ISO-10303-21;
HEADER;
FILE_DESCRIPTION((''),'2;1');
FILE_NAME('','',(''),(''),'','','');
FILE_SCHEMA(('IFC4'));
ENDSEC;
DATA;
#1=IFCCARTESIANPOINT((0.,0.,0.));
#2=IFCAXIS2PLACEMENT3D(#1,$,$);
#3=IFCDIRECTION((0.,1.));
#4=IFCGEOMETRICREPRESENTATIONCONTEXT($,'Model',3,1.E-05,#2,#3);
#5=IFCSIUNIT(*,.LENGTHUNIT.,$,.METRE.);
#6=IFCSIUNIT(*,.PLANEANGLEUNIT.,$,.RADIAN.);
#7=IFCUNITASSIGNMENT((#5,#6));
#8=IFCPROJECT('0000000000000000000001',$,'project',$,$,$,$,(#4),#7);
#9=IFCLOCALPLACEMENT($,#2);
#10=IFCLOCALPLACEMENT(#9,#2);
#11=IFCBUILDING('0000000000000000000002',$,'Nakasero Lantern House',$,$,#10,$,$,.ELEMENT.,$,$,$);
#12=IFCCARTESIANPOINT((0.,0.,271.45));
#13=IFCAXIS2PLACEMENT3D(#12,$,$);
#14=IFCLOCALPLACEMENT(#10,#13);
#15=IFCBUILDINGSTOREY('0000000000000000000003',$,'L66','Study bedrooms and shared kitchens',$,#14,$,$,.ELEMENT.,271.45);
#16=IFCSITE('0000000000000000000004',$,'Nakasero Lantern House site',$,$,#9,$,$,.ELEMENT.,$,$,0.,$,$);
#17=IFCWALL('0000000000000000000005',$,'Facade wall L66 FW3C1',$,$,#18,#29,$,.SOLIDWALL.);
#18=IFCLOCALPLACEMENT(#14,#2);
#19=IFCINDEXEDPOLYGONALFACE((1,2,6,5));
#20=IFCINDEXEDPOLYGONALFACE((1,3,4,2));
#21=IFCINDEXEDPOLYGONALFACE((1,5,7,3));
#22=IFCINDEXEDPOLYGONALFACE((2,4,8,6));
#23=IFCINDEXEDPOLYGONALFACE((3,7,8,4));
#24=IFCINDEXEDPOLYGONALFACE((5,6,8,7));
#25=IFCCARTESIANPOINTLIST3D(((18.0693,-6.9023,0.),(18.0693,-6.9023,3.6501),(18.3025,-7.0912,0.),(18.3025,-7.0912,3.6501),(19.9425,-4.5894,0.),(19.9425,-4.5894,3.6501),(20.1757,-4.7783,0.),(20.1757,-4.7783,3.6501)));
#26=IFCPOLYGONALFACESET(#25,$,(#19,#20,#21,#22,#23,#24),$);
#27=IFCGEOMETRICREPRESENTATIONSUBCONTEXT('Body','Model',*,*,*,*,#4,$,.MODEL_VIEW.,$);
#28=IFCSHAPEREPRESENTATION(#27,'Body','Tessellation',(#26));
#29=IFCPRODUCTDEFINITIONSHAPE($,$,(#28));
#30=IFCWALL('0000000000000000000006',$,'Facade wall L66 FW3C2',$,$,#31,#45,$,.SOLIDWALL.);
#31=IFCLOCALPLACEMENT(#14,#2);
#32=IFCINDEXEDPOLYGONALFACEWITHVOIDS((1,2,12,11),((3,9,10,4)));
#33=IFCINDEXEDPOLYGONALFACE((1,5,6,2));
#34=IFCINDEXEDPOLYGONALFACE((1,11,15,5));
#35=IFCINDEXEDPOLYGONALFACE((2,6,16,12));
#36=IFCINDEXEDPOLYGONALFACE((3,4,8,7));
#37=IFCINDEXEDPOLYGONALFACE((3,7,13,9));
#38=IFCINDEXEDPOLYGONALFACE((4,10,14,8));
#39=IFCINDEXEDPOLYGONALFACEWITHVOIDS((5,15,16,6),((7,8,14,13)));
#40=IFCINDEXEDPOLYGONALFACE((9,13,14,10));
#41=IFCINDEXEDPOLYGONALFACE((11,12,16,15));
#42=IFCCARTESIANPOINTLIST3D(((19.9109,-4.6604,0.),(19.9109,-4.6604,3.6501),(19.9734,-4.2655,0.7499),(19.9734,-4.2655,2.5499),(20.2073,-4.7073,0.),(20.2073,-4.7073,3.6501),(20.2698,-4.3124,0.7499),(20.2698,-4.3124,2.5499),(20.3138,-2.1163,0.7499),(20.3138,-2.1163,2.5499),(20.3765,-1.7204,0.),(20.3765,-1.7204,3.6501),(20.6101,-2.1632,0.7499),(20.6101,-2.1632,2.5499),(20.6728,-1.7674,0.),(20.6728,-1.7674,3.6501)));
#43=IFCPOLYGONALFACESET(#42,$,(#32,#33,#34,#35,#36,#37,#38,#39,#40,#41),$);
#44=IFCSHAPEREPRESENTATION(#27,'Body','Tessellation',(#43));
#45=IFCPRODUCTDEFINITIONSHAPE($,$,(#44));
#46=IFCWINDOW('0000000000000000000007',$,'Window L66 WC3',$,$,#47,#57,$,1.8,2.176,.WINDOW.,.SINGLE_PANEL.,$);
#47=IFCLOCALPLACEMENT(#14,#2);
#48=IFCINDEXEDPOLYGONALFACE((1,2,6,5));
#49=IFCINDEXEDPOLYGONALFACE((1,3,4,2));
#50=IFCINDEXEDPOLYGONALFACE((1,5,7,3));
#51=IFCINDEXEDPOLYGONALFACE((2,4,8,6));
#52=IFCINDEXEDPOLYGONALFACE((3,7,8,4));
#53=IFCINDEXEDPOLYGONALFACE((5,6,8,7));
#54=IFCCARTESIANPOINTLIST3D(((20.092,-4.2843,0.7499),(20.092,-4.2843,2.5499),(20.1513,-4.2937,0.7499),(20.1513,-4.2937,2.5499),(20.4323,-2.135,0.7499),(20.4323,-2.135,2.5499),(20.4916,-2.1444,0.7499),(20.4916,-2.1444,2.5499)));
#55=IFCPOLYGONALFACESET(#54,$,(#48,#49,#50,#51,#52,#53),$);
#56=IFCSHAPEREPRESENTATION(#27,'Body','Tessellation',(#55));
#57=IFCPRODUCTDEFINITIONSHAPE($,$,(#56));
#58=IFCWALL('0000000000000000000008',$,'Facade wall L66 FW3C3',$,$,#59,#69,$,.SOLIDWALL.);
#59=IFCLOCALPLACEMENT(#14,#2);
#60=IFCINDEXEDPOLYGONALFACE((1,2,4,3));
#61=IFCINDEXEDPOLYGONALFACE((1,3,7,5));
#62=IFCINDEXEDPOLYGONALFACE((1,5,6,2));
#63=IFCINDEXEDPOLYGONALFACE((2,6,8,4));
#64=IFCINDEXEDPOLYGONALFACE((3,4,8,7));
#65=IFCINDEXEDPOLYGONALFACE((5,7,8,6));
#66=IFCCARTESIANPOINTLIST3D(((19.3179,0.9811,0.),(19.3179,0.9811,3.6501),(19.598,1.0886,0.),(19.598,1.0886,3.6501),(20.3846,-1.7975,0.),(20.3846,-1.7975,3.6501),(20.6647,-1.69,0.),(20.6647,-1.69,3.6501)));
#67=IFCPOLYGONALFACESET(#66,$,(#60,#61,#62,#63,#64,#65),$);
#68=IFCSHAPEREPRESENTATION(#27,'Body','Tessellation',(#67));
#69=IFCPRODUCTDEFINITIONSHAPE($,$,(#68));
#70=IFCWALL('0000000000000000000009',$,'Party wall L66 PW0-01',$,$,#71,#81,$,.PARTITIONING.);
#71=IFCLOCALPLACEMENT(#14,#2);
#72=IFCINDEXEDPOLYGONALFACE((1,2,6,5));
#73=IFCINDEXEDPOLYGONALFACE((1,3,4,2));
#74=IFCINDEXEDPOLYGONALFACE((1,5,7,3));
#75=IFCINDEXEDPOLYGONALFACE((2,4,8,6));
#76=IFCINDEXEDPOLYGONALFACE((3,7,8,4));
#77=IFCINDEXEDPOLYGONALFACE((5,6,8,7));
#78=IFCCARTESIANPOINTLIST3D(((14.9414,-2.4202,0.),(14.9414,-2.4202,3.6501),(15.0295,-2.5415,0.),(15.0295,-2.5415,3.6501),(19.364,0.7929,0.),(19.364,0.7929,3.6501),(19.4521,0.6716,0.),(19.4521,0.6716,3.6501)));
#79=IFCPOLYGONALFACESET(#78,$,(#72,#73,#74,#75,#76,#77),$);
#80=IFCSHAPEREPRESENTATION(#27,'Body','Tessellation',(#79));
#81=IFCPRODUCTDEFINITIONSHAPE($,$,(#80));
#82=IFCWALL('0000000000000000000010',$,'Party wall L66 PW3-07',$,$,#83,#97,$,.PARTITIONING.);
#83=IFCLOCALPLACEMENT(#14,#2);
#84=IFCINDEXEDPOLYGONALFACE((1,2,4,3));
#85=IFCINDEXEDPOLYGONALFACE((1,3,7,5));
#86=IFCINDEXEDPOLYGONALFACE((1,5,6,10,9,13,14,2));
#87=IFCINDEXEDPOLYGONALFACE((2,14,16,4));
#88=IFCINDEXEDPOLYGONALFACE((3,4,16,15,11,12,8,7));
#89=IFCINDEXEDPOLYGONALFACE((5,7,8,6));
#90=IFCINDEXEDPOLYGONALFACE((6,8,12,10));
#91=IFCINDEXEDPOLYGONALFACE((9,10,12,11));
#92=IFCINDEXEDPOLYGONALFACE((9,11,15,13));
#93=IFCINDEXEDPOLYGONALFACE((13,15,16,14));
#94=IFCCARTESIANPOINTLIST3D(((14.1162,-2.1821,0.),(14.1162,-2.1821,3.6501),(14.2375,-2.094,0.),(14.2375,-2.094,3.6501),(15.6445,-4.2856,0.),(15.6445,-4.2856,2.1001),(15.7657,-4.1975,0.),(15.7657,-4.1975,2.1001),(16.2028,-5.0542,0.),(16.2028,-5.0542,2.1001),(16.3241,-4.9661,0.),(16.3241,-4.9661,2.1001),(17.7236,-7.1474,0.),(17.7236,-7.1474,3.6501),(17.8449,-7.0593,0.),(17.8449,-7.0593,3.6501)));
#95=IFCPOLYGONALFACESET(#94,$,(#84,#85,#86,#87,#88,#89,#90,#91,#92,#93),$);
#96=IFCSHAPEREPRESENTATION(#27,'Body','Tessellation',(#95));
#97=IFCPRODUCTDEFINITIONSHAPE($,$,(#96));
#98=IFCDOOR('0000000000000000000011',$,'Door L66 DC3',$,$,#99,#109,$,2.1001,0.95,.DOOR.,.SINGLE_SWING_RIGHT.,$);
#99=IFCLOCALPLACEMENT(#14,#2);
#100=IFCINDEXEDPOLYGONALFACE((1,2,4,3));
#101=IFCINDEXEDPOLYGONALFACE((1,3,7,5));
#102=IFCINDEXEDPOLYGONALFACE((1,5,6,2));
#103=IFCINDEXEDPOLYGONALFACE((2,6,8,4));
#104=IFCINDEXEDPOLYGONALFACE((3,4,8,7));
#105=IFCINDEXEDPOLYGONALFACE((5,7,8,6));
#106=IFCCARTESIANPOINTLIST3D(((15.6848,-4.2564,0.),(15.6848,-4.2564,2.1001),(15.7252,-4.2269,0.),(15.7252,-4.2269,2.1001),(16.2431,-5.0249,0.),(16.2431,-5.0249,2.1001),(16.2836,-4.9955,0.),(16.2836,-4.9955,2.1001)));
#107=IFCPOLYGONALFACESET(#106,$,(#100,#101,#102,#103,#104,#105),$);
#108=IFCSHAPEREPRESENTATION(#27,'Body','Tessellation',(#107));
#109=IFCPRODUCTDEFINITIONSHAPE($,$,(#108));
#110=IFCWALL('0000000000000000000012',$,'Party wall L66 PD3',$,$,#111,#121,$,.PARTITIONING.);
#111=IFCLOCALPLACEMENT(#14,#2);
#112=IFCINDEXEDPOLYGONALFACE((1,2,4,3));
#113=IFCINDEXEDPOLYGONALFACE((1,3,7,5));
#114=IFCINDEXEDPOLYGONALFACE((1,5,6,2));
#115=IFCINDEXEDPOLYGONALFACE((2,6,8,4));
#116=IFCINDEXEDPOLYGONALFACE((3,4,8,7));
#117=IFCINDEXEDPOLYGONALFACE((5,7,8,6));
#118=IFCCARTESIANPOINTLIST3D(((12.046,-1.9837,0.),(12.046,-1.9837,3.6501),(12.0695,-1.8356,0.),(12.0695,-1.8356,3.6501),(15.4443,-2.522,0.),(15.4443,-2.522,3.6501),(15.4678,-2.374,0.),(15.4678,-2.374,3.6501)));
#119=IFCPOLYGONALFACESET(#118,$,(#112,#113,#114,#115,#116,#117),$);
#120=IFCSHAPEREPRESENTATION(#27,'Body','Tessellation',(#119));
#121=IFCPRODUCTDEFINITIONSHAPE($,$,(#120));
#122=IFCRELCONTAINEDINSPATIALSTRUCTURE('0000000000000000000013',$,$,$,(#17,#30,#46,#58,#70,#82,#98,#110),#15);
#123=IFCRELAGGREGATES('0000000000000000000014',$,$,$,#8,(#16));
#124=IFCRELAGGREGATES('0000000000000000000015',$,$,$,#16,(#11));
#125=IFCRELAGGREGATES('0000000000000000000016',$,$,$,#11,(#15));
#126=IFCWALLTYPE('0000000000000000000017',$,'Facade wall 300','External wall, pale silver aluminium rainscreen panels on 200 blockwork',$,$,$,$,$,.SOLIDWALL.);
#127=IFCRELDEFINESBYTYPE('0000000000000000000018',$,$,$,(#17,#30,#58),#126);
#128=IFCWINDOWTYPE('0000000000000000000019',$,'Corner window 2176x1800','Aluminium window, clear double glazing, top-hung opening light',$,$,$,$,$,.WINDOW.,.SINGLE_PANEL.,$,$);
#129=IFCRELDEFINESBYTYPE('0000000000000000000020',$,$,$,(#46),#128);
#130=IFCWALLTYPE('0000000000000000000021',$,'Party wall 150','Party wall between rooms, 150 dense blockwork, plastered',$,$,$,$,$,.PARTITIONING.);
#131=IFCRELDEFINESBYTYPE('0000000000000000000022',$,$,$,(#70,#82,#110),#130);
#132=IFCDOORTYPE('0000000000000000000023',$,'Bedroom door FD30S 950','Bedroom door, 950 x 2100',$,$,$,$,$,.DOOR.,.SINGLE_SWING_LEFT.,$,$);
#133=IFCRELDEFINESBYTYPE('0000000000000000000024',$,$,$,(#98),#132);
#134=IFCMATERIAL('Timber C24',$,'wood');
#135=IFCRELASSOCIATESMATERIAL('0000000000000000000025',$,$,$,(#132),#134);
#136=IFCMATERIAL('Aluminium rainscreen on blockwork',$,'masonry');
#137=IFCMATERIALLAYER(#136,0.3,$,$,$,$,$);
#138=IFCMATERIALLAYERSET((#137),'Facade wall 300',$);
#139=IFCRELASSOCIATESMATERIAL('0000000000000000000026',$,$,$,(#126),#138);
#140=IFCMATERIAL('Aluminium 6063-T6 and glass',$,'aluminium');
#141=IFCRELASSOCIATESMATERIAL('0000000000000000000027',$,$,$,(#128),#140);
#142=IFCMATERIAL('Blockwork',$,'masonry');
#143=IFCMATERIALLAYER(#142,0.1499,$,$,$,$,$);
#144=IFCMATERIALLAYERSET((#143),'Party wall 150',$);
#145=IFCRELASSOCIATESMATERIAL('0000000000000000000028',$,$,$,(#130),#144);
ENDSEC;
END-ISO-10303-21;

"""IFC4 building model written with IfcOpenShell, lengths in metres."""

from ifc_helpers import new_model, si_unit, direction, frame, frame_2d, origin, place, context, subcontext, project, spatial, rectangle, extrude, material, layer, layer_set, type_object, element, fill, save


model = new_model("IFC4")

# Units and contexts
model_context = context("Model", 3, precision=1e-05, world=origin(), true_north=direction((0.0, 1.0)))
body_context = subcontext(model_context, "Body", "Model", "MODEL_VIEW")
ifc_project = project(units=[si_unit("LENGTHUNIT", "METRE"), si_unit("PLANEANGLEUNIT", "RADIAN")], contexts=[model_context])

# Site, building, storey
site_placement = place(None, origin())
site = spatial("IfcSite", under=ifc_project, at=site_placement, Name="Nakasero Lantern House site", CompositionType="ELEMENT", RefElevation=0.0)
building_placement = place(site_placement, origin())
building = spatial("IfcBuilding", under=site, at=building_placement, Name="Nakasero Lantern House", CompositionType="ELEMENT")
storey_placement = place(building_placement, frame((0.0, 0.0, 271.45)))
storey = spatial("IfcBuildingStorey", under=building, at=storey_placement, Name="L66", Description="Study bedrooms and shared kitchens", CompositionType="ELEMENT", Elevation=271.45)

# Shared definitions
ifc_material_1 = material(Name="Timber C24", Category="wood")
door_type_1 = type_object("IfcDoorType", Name="Bedroom door FD30S 950", Description="Bedroom door, 950 x 2100", OperationType="SINGLE_SWING_LEFT", PredefinedType="DOOR", material=ifc_material_1)

# Wall
ifc_material_2 = material(Name="Aluminium rainscreen on blockwork", Category="masonry")
ifc_layer_1 = layer(ifc_material_2, 0.3)
ifc_layer_set_1 = layer_set([ifc_layer_1], Name="Facade wall 300")
wall_type_1 = type_object("IfcWallType", Name="Facade wall 300", Description="External wall, pale silver aluminium rainscreen panels on 200 blockwork", PredefinedType="SOLIDWALL", material=ifc_layer_set_1)
wall_1_placement = place(storey_placement, frame((18.1858, -6.9968, 0.0), z_axis=(0.0, 0.0, 1.0), x_axis=(0.629375, 0.777102, 0.0)))
element("IfcWall", 1, at=wall_1_placement, inside=storey, type_object=wall_type_1, Name="Facade wall L66 FW3C1", PredefinedType="SOLIDWALL", context=body_context, shape_type="SweptSolid", body=[
    extrude(rectangle(XDim=2.9763, YDim=0.3, at=frame_2d((1.4883, 0.0))), origin(), (0.0, 0.0, 1.0), 3.6501),
])

# Wall, opening, window
wall_2_placement = place(storey_placement, frame((20.0591, -4.6838, 0.0), z_axis=(0.0, 0.0, 1.0), x_axis=(0.156413, 0.987692, 0.0)))
wall_2 = element("IfcWall", 2, at=wall_2_placement, inside=storey, type_object=wall_type_1, Name="Facade wall L66 FW3C2", PredefinedType="SOLIDWALL", context=body_context, shape_type="SweptSolid", body=[
    extrude(rectangle(XDim=2.9766, YDim=0.3, at=frame_2d((1.4883, 0.0))), origin(), (0.0, 0.0, 1.0), 3.6501),
])
opening_1_placement = place(wall_2_placement, frame((0.3999, 0.0, 0.75)))
opening_1 = element("IfcOpeningElement", 3, at=opening_1_placement, cuts=wall_2, PredefinedType="OPENING", context=body_context, shape_type="SweptSolid", body=[
    extrude(rectangle(XDim=2.176, YDim=1.8, at=frame_2d((1.0879, 0.8999))), frame((0.0, 0.1699, 0.0), z_axis=(0.0, -1.0, 0.0), x_axis=(1.0, 0.0, 0.0)), (0.0, 0.0, 1.0), 0.3401),
])
ifc_material_3 = material(Name="Aluminium 6063-T6 and glass", Category="aluminium")
window_type = type_object("IfcWindowType", Name="Corner window 2176x1800", Description="Aluminium window, clear double glazing, top-hung opening light", PartitioningType="SINGLE_PANEL", PredefinedType="WINDOW", material=ifc_material_3)
window_placement = place(opening_1_placement, origin())
window = element("IfcWindow", 4, at=window_placement, inside=storey, type_object=window_type, Name="Window L66 WC3", OverallHeight=1.8, OverallWidth=2.176, PartitioningType="SINGLE_PANEL", PredefinedType="WINDOW", context=body_context, shape_type="SweptSolid", body=[
    extrude(rectangle(XDim=2.176, YDim=1.8, at=frame_2d((1.0879, 0.8999))), frame((0.0, 0.03, 0.0), z_axis=(0.0, -1.0, 0.0), x_axis=(1.0, 0.0, 0.0)), (0.0, 0.0, 1.0), 0.0601),
])
fill(opening_1, window)

# Walls
wall_3_placement = place(storey_placement, frame((20.5247, -1.7439, 0.0), z_axis=(0.0, 0.0, 1.0), x_axis=(-0.358385, 0.933574, 0.0)))
element("IfcWall", 5, at=wall_3_placement, inside=storey, type_object=wall_type_1, Name="Facade wall L66 FW3C3", PredefinedType="SOLIDWALL", context=body_context, shape_type="SweptSolid", body=[
    extrude(rectangle(XDim=2.9763, YDim=0.3, at=frame_2d((1.4883, 0.0))), origin(), (0.0, 0.0, 1.0), 3.6501),
])
ifc_material_4 = material(Name="Blockwork", Category="masonry")
ifc_layer_2 = layer(ifc_material_4, 0.1499)
ifc_layer_set_2 = layer_set([ifc_layer_2], Name="Party wall 150")
wall_type_2 = type_object("IfcWallType", Name="Party wall 150", Description="Party wall between rooms, 150 dense blockwork, plastered", PredefinedType="PARTITIONING", material=ifc_layer_set_2)
wall_4_placement = place(storey_placement, frame((14.9854, -2.481, 0.0), z_axis=(0.0, 0.0, 1.0), x_axis=(0.809024, 0.587776, 0.0)))
element("IfcWall", 6, at=wall_4_placement, inside=storey, type_object=wall_type_2, Name="Party wall L66 PW0-01", PredefinedType="PARTITIONING", context=body_context, shape_type="SweptSolid", body=[
    extrude(rectangle(XDim=5.4666, YDim=0.1499, at=frame_2d((2.7334, 0.0))), origin(), (0.0, 0.0, 1.0), 3.6501),
])

# Wall, opening, door
wall_5_placement = place(storey_placement, frame((14.1768, -2.1379, 0.0), z_axis=(0.0, 0.0, 1.0), x_axis=(0.587774, -0.809025, 0.0)))
wall_5 = element("IfcWall", 7, at=wall_5_placement, inside=storey, type_object=wall_type_2, Name="Party wall L66 PW3-07", PredefinedType="PARTITIONING", context=body_context, shape_type="SweptSolid", body=[
    extrude(rectangle(XDim=6.1375, YDim=0.1499, at=frame_2d((3.0688, 0.0))), origin(), (0.0, 0.0, 1.0), 3.6501),
])
opening_2_placement = place(wall_5_placement, frame((2.6001, 0.0, 0.0)))
opening_2 = element("IfcOpeningElement", 8, at=opening_2_placement, cuts=wall_5, PredefinedType="OPENING", context=body_context, shape_type="SweptSolid", body=[
    extrude(rectangle(XDim=0.95, YDim=2.1001, at=frame_2d((0.4751, 1.05))), frame((0.0, 0.095, 0.0), z_axis=(0.0, -1.0, 0.0), x_axis=(1.0, 0.0, 0.0)), (0.0, 0.0, 1.0), 0.1899),
])
door_1_placement = place(opening_2_placement, origin())
door_1 = element("IfcDoor", 9, at=door_1_placement, inside=storey, type_object=door_type_1, Name="Door L66 DC3", OperationType="SINGLE_SWING_RIGHT", OverallHeight=2.1001, OverallWidth=0.95, PredefinedType="DOOR", context=body_context, shape_type="SweptSolid", body=[
    extrude(rectangle(XDim=0.95, YDim=2.1001, at=frame_2d((0.4751, 1.05))), frame((0.0, 0.0249, 0.0), z_axis=(0.0, -1.0, 0.0), x_axis=(1.0, 0.0, 0.0)), (0.0, 0.0, 1.0), 0.05),
])
fill(opening_2, door_1)

# Wall
wall_6_placement = place(storey_placement, frame((12.0579, -1.9097, 0.0), z_axis=(0.0, 0.0, 1.0), x_axis=(0.987683, -0.156465, 0.0)))
element("IfcWall", 10, at=wall_6_placement, inside=storey, type_object=wall_type_2, Name="Party wall L66 PD3", PredefinedType="PARTITIONING", context=body_context, shape_type="SweptSolid", body=[
    extrude(rectangle(XDim=3.4407, YDim=0.1499, at=frame_2d((1.7202, 0.0))), origin(), (0.0, 0.0, 1.0), 3.6501),
])

save(model, "model.ifc")
